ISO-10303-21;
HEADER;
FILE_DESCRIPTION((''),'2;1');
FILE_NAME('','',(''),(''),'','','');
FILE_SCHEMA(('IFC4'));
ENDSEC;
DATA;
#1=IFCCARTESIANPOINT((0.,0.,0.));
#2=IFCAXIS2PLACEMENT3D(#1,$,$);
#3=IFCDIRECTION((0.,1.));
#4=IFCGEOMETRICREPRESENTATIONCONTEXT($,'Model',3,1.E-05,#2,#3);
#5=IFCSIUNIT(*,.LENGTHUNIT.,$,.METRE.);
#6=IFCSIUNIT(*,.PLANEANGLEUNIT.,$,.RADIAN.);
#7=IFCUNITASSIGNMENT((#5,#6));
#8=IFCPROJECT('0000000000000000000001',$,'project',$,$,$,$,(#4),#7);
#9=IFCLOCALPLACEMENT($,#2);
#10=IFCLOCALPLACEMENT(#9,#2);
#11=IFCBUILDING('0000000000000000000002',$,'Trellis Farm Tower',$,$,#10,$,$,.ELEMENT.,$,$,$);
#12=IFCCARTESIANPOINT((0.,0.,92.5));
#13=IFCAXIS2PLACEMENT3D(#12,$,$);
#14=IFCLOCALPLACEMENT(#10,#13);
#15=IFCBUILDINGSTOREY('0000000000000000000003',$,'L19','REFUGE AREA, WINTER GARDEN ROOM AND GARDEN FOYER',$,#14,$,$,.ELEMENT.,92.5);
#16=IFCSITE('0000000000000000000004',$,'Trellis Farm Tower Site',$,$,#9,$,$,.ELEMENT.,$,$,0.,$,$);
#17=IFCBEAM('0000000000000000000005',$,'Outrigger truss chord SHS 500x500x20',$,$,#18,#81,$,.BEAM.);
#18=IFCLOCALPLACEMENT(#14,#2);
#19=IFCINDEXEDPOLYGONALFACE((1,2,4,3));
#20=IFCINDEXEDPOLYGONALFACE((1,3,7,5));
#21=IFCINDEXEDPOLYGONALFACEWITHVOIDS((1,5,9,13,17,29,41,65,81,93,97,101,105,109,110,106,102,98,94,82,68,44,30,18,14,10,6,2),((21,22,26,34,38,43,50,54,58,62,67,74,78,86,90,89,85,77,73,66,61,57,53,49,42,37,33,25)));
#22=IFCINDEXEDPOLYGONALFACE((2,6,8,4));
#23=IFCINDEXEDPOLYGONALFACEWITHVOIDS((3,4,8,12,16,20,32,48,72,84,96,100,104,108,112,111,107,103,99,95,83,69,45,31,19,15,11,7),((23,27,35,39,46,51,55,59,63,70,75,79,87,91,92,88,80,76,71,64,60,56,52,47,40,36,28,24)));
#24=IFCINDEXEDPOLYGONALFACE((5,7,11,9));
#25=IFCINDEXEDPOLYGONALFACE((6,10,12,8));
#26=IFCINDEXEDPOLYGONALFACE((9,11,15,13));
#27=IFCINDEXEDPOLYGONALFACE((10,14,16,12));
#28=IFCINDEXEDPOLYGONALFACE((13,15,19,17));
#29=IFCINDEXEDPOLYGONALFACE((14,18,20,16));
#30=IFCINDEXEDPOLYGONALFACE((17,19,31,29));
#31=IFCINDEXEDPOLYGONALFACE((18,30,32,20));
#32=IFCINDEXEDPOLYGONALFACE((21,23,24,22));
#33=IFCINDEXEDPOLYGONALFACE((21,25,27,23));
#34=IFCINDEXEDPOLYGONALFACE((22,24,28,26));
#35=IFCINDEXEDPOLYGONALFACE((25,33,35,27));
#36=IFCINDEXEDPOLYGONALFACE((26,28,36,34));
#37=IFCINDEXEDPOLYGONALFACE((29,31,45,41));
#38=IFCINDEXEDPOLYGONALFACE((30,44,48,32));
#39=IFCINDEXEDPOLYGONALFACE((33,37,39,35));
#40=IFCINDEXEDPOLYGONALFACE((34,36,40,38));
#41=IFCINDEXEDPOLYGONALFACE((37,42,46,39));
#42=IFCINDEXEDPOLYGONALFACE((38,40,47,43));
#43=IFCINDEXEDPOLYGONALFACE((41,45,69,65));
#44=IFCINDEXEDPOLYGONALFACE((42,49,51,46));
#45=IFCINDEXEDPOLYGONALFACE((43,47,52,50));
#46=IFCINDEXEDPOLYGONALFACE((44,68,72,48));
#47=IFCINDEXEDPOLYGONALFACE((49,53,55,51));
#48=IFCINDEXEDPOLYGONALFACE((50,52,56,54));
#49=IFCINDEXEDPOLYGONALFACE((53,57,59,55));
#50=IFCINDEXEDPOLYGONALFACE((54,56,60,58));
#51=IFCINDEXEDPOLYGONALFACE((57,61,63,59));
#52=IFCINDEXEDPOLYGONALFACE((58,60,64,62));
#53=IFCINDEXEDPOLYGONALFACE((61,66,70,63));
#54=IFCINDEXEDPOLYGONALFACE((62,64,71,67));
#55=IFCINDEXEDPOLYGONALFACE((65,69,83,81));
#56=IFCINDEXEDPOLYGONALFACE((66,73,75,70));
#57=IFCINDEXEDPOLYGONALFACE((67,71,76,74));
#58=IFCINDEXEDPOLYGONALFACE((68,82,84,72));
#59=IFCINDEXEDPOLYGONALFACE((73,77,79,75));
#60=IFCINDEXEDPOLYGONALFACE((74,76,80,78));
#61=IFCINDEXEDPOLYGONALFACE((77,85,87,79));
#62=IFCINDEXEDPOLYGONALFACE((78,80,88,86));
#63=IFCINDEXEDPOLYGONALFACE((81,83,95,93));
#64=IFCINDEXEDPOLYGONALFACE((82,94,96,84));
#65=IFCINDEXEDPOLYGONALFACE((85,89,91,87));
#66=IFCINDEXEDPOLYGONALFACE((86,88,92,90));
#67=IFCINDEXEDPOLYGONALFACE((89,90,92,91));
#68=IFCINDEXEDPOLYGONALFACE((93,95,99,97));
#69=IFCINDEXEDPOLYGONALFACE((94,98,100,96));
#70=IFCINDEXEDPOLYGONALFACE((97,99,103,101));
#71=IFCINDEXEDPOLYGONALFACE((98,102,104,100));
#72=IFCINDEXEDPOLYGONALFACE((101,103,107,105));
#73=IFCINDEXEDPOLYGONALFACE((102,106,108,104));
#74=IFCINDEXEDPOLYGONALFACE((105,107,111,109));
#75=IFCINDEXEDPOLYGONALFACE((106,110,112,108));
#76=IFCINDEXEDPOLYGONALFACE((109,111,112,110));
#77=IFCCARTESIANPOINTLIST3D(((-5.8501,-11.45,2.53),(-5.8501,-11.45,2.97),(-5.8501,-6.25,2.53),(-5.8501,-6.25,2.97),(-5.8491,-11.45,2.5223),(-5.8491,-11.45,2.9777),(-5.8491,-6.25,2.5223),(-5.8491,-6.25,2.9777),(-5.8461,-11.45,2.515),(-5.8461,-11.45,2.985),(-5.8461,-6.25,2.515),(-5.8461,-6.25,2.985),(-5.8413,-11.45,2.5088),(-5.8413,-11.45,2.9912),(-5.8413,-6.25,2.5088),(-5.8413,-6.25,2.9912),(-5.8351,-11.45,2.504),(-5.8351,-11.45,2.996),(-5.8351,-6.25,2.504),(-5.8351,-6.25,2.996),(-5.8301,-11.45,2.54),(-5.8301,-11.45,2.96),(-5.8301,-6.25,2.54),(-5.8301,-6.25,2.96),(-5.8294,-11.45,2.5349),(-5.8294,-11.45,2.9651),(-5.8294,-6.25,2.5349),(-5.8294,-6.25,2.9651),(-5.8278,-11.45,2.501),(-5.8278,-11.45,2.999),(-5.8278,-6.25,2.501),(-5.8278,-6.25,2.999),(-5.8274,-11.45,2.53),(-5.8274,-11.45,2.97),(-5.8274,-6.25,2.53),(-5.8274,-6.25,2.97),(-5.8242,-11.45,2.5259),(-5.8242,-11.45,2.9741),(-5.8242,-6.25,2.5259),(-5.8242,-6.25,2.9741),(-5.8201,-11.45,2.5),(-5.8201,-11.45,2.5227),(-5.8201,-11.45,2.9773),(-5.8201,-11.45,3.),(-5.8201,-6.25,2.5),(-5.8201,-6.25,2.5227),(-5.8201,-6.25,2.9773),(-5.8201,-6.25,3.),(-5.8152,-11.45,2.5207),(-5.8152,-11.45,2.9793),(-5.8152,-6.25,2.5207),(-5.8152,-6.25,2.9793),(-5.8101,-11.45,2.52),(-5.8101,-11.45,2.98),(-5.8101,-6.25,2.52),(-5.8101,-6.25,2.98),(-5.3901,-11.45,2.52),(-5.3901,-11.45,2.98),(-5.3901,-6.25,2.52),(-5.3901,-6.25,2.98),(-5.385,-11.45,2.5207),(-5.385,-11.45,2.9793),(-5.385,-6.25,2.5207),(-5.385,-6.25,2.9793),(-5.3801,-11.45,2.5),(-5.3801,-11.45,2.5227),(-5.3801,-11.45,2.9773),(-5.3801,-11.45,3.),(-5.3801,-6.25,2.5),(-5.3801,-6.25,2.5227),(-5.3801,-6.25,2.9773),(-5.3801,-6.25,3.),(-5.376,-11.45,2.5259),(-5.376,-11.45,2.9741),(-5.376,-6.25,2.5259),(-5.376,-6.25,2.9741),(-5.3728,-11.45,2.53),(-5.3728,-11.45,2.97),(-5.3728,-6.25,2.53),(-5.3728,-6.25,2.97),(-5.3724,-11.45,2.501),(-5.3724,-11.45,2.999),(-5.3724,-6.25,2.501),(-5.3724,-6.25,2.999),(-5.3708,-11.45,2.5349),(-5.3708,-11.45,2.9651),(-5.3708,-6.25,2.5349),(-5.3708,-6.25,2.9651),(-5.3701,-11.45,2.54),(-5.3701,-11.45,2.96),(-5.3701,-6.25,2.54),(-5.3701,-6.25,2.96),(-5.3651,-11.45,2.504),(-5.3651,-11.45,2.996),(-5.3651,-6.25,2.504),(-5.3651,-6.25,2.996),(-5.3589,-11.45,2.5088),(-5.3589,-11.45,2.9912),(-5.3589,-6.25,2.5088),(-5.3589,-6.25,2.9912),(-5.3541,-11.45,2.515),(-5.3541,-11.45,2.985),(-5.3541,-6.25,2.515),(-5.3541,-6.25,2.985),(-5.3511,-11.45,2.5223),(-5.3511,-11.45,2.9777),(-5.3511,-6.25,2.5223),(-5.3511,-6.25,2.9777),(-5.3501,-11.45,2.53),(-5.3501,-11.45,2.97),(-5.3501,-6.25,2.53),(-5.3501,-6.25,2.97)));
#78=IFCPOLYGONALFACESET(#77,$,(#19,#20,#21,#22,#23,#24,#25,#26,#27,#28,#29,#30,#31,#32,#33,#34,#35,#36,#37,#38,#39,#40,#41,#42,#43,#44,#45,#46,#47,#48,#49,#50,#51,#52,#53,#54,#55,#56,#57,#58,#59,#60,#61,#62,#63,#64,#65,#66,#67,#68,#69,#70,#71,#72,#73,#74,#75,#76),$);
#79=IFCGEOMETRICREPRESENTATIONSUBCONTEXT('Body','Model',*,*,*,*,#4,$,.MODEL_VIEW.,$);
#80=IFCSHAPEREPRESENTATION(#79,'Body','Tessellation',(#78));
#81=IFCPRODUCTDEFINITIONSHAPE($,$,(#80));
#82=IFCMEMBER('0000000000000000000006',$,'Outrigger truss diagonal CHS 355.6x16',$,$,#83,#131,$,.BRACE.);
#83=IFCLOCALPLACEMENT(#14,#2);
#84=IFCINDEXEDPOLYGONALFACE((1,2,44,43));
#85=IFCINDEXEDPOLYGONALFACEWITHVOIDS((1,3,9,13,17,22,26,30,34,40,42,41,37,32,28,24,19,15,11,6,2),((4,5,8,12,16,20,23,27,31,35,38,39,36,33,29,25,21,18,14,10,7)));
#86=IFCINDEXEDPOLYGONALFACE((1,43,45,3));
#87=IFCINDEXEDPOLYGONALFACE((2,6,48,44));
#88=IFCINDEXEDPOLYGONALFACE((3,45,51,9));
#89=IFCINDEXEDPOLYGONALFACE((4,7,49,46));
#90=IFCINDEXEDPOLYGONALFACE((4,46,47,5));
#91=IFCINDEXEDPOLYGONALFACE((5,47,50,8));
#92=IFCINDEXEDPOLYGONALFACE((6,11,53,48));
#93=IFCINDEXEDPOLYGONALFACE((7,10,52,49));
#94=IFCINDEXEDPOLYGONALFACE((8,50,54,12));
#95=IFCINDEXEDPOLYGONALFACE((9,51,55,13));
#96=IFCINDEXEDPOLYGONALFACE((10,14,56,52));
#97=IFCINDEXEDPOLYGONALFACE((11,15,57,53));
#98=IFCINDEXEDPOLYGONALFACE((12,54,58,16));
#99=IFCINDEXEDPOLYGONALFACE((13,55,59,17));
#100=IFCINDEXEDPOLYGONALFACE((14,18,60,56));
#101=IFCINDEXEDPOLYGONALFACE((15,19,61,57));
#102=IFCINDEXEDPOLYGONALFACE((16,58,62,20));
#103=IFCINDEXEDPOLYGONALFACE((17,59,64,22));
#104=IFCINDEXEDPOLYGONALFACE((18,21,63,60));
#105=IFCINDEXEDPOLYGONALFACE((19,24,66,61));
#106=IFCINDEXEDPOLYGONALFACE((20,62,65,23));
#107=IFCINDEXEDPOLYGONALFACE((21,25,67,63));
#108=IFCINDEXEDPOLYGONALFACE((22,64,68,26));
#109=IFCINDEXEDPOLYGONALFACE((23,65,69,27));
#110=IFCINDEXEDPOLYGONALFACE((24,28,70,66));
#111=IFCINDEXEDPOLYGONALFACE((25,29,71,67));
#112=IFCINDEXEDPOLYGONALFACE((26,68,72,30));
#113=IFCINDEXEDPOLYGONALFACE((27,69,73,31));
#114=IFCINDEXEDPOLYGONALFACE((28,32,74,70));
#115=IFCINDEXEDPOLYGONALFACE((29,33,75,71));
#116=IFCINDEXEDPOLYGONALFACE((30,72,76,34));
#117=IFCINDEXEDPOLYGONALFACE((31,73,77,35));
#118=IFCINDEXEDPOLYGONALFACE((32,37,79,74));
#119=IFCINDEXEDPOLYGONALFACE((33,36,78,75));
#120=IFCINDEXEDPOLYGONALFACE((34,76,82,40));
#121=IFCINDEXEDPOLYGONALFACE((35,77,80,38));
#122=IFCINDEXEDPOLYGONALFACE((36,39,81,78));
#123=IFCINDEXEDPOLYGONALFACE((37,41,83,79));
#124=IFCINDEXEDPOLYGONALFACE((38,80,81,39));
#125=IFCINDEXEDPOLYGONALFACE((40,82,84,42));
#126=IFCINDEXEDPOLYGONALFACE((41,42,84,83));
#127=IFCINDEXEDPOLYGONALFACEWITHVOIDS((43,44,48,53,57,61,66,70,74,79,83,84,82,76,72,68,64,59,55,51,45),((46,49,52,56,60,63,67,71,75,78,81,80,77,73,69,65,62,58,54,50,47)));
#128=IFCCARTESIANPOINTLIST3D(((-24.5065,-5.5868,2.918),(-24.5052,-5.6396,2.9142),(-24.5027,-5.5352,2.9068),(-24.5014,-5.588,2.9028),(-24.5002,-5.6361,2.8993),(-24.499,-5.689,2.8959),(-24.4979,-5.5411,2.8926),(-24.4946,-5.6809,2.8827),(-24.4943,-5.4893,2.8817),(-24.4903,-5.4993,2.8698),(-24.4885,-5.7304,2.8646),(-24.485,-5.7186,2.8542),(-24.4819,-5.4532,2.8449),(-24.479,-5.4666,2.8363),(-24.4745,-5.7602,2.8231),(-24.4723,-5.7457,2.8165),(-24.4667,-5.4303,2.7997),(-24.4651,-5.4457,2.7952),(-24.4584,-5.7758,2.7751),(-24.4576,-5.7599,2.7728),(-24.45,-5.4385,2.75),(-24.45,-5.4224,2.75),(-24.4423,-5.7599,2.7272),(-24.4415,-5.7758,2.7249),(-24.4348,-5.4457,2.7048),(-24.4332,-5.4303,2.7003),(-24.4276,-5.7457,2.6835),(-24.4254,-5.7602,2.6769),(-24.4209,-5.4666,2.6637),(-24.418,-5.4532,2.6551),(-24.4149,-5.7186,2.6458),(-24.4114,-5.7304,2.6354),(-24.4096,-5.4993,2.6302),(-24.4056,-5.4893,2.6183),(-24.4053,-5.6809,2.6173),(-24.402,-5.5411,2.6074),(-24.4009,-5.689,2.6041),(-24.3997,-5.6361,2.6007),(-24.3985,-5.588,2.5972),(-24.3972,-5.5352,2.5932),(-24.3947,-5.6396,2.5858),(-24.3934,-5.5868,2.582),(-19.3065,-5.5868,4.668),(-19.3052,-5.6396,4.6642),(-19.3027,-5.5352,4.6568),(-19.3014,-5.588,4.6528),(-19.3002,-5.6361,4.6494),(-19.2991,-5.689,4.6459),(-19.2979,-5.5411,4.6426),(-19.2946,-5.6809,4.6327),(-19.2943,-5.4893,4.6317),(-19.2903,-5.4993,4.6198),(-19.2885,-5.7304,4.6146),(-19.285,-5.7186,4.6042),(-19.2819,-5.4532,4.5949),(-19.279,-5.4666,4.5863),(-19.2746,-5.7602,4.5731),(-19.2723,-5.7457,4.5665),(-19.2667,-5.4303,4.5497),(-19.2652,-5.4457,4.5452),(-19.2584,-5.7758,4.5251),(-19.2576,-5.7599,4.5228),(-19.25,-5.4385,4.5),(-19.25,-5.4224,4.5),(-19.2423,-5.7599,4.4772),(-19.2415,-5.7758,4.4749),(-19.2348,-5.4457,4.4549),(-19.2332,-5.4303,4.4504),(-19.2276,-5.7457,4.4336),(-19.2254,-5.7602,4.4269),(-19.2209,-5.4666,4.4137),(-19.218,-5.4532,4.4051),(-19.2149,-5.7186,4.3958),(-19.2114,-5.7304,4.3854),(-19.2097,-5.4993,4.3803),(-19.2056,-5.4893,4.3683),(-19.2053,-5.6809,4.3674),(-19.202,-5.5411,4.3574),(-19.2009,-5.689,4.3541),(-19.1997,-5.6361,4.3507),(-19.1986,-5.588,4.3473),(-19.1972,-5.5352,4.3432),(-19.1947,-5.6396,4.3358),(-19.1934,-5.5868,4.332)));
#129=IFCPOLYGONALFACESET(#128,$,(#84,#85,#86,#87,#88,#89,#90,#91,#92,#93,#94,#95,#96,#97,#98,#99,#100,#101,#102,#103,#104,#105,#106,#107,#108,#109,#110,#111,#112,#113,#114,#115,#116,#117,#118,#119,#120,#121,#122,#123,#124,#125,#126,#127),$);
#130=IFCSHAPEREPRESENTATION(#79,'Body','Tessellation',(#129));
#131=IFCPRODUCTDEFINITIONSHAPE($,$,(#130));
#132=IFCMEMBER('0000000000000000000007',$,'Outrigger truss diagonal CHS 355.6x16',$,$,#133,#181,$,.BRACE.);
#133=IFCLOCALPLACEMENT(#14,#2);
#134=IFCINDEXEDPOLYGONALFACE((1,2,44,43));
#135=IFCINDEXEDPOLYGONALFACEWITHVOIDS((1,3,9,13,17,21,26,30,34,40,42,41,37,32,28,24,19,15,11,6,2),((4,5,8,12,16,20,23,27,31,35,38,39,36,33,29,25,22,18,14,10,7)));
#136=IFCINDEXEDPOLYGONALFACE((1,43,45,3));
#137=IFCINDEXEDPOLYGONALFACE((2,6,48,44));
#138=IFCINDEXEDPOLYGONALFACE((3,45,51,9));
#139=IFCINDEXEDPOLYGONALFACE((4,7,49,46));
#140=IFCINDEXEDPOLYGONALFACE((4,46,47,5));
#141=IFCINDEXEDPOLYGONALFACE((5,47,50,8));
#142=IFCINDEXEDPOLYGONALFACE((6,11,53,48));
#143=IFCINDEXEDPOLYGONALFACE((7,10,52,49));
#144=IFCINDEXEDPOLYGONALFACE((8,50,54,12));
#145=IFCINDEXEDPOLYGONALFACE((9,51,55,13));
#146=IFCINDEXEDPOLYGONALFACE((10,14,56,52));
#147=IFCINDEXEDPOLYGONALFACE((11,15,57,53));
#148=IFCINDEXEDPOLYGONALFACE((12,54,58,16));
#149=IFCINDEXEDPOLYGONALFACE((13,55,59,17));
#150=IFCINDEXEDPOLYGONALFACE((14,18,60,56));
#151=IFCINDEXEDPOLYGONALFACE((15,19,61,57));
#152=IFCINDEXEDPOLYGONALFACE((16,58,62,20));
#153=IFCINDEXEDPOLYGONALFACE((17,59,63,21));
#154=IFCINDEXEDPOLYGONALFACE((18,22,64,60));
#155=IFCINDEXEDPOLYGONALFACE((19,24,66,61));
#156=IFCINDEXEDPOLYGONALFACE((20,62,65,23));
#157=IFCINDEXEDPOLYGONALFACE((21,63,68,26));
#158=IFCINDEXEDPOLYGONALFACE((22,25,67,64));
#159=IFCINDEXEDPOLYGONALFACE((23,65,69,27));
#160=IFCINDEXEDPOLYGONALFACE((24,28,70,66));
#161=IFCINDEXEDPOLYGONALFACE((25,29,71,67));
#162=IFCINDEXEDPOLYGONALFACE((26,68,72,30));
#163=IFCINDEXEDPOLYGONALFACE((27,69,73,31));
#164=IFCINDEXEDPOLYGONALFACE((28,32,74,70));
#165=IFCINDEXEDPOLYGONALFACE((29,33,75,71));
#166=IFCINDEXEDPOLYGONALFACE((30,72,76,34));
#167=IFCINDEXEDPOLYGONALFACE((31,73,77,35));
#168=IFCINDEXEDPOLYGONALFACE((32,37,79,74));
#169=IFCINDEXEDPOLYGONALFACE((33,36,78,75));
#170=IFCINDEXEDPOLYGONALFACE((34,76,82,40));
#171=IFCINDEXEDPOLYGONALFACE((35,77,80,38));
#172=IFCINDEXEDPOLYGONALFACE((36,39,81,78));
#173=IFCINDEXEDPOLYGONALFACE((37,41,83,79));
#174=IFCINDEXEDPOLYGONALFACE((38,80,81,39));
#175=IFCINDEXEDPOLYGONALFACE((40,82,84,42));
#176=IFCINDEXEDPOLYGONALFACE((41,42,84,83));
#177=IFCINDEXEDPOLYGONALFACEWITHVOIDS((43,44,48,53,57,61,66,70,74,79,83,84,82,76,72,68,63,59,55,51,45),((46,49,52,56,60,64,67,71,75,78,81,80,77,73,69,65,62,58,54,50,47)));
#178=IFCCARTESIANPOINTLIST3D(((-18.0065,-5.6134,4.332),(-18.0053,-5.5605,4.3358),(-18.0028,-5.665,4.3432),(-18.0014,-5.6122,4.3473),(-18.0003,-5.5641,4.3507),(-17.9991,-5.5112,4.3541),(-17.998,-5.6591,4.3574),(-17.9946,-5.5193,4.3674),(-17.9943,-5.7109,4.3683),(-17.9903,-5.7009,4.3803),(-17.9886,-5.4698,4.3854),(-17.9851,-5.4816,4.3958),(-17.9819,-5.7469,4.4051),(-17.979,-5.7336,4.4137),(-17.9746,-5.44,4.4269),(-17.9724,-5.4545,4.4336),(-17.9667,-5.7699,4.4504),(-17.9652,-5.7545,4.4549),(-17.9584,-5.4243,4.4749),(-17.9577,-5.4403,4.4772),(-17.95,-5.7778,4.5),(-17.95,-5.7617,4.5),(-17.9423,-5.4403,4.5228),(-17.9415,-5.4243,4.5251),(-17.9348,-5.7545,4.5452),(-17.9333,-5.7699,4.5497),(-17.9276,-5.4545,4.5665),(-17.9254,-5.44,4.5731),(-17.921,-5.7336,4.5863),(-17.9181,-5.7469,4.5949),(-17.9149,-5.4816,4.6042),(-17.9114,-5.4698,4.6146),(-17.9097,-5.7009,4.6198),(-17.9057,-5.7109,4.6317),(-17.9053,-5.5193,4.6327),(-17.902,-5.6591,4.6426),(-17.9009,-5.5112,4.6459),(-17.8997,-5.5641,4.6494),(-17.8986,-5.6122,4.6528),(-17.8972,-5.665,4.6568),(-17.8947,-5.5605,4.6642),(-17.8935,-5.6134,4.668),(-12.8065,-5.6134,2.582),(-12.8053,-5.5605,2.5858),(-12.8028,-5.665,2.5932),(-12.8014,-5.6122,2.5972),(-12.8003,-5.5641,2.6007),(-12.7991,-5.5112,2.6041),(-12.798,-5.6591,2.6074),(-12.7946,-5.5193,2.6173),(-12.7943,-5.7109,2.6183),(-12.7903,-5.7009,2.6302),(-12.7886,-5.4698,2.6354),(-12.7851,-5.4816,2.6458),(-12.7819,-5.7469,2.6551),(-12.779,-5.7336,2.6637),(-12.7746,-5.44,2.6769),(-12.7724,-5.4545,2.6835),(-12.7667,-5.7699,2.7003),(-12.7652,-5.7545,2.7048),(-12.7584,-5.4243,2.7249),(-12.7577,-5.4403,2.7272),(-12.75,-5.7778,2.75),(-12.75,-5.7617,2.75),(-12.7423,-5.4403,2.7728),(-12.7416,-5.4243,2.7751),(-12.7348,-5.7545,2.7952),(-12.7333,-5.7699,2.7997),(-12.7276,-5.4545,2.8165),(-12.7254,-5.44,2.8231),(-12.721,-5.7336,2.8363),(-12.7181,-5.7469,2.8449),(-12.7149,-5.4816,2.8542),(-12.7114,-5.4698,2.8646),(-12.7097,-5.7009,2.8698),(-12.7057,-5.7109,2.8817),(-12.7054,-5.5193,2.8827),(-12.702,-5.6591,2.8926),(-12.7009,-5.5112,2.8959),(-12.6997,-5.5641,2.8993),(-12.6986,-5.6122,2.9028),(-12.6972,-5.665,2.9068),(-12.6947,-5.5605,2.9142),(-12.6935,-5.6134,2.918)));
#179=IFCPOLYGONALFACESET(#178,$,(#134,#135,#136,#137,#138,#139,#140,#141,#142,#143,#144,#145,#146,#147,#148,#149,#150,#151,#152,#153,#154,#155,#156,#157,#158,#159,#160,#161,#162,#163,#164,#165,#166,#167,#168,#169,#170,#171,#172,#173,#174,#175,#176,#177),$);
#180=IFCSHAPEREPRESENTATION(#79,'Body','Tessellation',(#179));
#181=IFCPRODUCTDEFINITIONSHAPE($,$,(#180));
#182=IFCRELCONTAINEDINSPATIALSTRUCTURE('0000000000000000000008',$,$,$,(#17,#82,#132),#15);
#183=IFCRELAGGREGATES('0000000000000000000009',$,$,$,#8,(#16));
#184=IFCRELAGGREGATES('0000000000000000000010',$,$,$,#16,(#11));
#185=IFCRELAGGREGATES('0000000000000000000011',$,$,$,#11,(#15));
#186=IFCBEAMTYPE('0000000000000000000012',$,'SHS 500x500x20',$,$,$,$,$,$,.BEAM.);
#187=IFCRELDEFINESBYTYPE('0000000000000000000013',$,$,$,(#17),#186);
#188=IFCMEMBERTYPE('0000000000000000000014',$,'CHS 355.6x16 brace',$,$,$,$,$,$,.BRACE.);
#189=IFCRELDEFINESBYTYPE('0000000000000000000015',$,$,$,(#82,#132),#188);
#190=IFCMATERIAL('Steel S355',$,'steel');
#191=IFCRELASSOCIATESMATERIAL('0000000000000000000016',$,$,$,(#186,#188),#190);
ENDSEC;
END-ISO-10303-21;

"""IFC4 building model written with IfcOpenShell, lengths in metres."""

from ifc_helpers import new_model, si_unit, direction, frame, origin, origin_2d, place, context, subcontext, project, spatial, hollow_rectangle, hollow_circle, extrude, source, transform, mapped, material, material_profile, profile_set, type_object, element, save


model = new_model("IFC4")

# Units and contexts
model_context = context("Model", 3, precision=1e-05, world=origin(), true_north=direction((0.0, 1.0)))
body_context = subcontext(model_context, "Body", "Model", "MODEL_VIEW")
ifc_project = project(units=[si_unit("LENGTHUNIT", "METRE"), si_unit("PLANEANGLEUNIT", "RADIAN")], contexts=[model_context])

# Site, building, storey
site_placement = place(None, origin())
site = spatial("IfcSite", under=ifc_project, at=site_placement, Name="Trellis Farm Tower Site", CompositionType="ELEMENT", RefElevation=0.0)
building_placement = place(site_placement, origin())
building = spatial("IfcBuilding", under=site, at=building_placement, Name="Trellis Farm Tower", CompositionType="ELEMENT")
storey_placement = place(building_placement, frame((0.0, 0.0, 92.5)))
storey = spatial("IfcBuildingStorey", under=building, at=storey_placement, Name="L19", Description="REFUGE AREA, WINTER GARDEN ROOM AND GARDEN FOYER", CompositionType="ELEMENT", Elevation=92.5)

# Beam
ifc_material_1 = material(Name="Steel S355", Category="steel")
ifc_material_profile_1 = material_profile(ifc_material_1, hollow_rectangle(XDim=0.5, YDim=0.5, WallThickness=0.02, InnerFilletRadius=0.02, OuterFilletRadius=0.03, at=origin_2d()), Name="SHS 500x500x20")
ifc_profile_set_1 = profile_set([ifc_material_profile_1], Name="Steel S355")
beam_type_1 = type_object("IfcBeamType", Name="SHS 500x500x20", PredefinedType="BEAM", material=ifc_profile_set_1)
shared_shape_1 = source(origin(), body_context, "Body", "SweptSolid", [
    extrude(hollow_rectangle(XDim=0.5, YDim=0.5, WallThickness=0.02, InnerFilletRadius=0.02, OuterFilletRadius=0.03, at=origin_2d()), origin(), (0.0, 0.0, 1.0), 5.2),
])
for number, where, z_axis, x_axis, name in (
    (1, (-5.6001, -11.45, 2.75), (0.0, 1.0, 0.0), (-1.0, 0.0, 0.0), "Outrigger truss chord SHS 500x500x20"),
):
    element("IfcBeam", number, at=place(storey_placement, frame(where, z_axis=z_axis, x_axis=x_axis)), inside=storey, type_object=beam_type_1, Name=name, PredefinedType="BEAM", context=body_context, shape_type="MappedRepresentation", body=[
        mapped(shared_shape_1, transform((0.0, 0.0, 0.0))),
    ])

# Members
ifc_material_profile_2 = material_profile(ifc_material_1, hollow_circle(Radius=0.1777, WallThickness=0.0161, at=origin_2d()), Name="CHS 355.6x16")
ifc_profile_set_2 = profile_set([ifc_material_profile_2], Name="Steel S355")
member_type_1 = type_object("IfcMemberType", Name="CHS 355.6x16 brace", PredefinedType="BRACE", material=ifc_profile_set_2)
shared_shape_2 = source(origin(), body_context, "Body", "SweptSolid", [
    extrude(hollow_circle(Radius=0.1777, WallThickness=0.0161, at=origin_2d()), origin(), (0.0, 0.0, 1.0), 5.4866),
])
for number, where, z_axis, x_axis, name in (
    (2, (-24.45, -5.6001, 2.75), (0.947767, 0.0, 0.318963), (0.0, 1.0, 0.0), "Outrigger truss diagonal CHS 355.6x16"),
    (3, (-12.75, -5.6001, 2.75), (-0.947767, 0.0, 0.318963), (0.0, -1.0, 0.0), "Outrigger truss diagonal CHS 355.6x16"),
):
    element("IfcMember", number, at=place(storey_placement, frame(where, z_axis=z_axis, x_axis=x_axis)), inside=storey, type_object=member_type_1, Name=name, PredefinedType="BRACE", context=body_context, shape_type="MappedRepresentation", body=[
        mapped(shared_shape_2, transform((0.0, 0.0, 0.0))),
    ])

save(model, "model.ifc")
